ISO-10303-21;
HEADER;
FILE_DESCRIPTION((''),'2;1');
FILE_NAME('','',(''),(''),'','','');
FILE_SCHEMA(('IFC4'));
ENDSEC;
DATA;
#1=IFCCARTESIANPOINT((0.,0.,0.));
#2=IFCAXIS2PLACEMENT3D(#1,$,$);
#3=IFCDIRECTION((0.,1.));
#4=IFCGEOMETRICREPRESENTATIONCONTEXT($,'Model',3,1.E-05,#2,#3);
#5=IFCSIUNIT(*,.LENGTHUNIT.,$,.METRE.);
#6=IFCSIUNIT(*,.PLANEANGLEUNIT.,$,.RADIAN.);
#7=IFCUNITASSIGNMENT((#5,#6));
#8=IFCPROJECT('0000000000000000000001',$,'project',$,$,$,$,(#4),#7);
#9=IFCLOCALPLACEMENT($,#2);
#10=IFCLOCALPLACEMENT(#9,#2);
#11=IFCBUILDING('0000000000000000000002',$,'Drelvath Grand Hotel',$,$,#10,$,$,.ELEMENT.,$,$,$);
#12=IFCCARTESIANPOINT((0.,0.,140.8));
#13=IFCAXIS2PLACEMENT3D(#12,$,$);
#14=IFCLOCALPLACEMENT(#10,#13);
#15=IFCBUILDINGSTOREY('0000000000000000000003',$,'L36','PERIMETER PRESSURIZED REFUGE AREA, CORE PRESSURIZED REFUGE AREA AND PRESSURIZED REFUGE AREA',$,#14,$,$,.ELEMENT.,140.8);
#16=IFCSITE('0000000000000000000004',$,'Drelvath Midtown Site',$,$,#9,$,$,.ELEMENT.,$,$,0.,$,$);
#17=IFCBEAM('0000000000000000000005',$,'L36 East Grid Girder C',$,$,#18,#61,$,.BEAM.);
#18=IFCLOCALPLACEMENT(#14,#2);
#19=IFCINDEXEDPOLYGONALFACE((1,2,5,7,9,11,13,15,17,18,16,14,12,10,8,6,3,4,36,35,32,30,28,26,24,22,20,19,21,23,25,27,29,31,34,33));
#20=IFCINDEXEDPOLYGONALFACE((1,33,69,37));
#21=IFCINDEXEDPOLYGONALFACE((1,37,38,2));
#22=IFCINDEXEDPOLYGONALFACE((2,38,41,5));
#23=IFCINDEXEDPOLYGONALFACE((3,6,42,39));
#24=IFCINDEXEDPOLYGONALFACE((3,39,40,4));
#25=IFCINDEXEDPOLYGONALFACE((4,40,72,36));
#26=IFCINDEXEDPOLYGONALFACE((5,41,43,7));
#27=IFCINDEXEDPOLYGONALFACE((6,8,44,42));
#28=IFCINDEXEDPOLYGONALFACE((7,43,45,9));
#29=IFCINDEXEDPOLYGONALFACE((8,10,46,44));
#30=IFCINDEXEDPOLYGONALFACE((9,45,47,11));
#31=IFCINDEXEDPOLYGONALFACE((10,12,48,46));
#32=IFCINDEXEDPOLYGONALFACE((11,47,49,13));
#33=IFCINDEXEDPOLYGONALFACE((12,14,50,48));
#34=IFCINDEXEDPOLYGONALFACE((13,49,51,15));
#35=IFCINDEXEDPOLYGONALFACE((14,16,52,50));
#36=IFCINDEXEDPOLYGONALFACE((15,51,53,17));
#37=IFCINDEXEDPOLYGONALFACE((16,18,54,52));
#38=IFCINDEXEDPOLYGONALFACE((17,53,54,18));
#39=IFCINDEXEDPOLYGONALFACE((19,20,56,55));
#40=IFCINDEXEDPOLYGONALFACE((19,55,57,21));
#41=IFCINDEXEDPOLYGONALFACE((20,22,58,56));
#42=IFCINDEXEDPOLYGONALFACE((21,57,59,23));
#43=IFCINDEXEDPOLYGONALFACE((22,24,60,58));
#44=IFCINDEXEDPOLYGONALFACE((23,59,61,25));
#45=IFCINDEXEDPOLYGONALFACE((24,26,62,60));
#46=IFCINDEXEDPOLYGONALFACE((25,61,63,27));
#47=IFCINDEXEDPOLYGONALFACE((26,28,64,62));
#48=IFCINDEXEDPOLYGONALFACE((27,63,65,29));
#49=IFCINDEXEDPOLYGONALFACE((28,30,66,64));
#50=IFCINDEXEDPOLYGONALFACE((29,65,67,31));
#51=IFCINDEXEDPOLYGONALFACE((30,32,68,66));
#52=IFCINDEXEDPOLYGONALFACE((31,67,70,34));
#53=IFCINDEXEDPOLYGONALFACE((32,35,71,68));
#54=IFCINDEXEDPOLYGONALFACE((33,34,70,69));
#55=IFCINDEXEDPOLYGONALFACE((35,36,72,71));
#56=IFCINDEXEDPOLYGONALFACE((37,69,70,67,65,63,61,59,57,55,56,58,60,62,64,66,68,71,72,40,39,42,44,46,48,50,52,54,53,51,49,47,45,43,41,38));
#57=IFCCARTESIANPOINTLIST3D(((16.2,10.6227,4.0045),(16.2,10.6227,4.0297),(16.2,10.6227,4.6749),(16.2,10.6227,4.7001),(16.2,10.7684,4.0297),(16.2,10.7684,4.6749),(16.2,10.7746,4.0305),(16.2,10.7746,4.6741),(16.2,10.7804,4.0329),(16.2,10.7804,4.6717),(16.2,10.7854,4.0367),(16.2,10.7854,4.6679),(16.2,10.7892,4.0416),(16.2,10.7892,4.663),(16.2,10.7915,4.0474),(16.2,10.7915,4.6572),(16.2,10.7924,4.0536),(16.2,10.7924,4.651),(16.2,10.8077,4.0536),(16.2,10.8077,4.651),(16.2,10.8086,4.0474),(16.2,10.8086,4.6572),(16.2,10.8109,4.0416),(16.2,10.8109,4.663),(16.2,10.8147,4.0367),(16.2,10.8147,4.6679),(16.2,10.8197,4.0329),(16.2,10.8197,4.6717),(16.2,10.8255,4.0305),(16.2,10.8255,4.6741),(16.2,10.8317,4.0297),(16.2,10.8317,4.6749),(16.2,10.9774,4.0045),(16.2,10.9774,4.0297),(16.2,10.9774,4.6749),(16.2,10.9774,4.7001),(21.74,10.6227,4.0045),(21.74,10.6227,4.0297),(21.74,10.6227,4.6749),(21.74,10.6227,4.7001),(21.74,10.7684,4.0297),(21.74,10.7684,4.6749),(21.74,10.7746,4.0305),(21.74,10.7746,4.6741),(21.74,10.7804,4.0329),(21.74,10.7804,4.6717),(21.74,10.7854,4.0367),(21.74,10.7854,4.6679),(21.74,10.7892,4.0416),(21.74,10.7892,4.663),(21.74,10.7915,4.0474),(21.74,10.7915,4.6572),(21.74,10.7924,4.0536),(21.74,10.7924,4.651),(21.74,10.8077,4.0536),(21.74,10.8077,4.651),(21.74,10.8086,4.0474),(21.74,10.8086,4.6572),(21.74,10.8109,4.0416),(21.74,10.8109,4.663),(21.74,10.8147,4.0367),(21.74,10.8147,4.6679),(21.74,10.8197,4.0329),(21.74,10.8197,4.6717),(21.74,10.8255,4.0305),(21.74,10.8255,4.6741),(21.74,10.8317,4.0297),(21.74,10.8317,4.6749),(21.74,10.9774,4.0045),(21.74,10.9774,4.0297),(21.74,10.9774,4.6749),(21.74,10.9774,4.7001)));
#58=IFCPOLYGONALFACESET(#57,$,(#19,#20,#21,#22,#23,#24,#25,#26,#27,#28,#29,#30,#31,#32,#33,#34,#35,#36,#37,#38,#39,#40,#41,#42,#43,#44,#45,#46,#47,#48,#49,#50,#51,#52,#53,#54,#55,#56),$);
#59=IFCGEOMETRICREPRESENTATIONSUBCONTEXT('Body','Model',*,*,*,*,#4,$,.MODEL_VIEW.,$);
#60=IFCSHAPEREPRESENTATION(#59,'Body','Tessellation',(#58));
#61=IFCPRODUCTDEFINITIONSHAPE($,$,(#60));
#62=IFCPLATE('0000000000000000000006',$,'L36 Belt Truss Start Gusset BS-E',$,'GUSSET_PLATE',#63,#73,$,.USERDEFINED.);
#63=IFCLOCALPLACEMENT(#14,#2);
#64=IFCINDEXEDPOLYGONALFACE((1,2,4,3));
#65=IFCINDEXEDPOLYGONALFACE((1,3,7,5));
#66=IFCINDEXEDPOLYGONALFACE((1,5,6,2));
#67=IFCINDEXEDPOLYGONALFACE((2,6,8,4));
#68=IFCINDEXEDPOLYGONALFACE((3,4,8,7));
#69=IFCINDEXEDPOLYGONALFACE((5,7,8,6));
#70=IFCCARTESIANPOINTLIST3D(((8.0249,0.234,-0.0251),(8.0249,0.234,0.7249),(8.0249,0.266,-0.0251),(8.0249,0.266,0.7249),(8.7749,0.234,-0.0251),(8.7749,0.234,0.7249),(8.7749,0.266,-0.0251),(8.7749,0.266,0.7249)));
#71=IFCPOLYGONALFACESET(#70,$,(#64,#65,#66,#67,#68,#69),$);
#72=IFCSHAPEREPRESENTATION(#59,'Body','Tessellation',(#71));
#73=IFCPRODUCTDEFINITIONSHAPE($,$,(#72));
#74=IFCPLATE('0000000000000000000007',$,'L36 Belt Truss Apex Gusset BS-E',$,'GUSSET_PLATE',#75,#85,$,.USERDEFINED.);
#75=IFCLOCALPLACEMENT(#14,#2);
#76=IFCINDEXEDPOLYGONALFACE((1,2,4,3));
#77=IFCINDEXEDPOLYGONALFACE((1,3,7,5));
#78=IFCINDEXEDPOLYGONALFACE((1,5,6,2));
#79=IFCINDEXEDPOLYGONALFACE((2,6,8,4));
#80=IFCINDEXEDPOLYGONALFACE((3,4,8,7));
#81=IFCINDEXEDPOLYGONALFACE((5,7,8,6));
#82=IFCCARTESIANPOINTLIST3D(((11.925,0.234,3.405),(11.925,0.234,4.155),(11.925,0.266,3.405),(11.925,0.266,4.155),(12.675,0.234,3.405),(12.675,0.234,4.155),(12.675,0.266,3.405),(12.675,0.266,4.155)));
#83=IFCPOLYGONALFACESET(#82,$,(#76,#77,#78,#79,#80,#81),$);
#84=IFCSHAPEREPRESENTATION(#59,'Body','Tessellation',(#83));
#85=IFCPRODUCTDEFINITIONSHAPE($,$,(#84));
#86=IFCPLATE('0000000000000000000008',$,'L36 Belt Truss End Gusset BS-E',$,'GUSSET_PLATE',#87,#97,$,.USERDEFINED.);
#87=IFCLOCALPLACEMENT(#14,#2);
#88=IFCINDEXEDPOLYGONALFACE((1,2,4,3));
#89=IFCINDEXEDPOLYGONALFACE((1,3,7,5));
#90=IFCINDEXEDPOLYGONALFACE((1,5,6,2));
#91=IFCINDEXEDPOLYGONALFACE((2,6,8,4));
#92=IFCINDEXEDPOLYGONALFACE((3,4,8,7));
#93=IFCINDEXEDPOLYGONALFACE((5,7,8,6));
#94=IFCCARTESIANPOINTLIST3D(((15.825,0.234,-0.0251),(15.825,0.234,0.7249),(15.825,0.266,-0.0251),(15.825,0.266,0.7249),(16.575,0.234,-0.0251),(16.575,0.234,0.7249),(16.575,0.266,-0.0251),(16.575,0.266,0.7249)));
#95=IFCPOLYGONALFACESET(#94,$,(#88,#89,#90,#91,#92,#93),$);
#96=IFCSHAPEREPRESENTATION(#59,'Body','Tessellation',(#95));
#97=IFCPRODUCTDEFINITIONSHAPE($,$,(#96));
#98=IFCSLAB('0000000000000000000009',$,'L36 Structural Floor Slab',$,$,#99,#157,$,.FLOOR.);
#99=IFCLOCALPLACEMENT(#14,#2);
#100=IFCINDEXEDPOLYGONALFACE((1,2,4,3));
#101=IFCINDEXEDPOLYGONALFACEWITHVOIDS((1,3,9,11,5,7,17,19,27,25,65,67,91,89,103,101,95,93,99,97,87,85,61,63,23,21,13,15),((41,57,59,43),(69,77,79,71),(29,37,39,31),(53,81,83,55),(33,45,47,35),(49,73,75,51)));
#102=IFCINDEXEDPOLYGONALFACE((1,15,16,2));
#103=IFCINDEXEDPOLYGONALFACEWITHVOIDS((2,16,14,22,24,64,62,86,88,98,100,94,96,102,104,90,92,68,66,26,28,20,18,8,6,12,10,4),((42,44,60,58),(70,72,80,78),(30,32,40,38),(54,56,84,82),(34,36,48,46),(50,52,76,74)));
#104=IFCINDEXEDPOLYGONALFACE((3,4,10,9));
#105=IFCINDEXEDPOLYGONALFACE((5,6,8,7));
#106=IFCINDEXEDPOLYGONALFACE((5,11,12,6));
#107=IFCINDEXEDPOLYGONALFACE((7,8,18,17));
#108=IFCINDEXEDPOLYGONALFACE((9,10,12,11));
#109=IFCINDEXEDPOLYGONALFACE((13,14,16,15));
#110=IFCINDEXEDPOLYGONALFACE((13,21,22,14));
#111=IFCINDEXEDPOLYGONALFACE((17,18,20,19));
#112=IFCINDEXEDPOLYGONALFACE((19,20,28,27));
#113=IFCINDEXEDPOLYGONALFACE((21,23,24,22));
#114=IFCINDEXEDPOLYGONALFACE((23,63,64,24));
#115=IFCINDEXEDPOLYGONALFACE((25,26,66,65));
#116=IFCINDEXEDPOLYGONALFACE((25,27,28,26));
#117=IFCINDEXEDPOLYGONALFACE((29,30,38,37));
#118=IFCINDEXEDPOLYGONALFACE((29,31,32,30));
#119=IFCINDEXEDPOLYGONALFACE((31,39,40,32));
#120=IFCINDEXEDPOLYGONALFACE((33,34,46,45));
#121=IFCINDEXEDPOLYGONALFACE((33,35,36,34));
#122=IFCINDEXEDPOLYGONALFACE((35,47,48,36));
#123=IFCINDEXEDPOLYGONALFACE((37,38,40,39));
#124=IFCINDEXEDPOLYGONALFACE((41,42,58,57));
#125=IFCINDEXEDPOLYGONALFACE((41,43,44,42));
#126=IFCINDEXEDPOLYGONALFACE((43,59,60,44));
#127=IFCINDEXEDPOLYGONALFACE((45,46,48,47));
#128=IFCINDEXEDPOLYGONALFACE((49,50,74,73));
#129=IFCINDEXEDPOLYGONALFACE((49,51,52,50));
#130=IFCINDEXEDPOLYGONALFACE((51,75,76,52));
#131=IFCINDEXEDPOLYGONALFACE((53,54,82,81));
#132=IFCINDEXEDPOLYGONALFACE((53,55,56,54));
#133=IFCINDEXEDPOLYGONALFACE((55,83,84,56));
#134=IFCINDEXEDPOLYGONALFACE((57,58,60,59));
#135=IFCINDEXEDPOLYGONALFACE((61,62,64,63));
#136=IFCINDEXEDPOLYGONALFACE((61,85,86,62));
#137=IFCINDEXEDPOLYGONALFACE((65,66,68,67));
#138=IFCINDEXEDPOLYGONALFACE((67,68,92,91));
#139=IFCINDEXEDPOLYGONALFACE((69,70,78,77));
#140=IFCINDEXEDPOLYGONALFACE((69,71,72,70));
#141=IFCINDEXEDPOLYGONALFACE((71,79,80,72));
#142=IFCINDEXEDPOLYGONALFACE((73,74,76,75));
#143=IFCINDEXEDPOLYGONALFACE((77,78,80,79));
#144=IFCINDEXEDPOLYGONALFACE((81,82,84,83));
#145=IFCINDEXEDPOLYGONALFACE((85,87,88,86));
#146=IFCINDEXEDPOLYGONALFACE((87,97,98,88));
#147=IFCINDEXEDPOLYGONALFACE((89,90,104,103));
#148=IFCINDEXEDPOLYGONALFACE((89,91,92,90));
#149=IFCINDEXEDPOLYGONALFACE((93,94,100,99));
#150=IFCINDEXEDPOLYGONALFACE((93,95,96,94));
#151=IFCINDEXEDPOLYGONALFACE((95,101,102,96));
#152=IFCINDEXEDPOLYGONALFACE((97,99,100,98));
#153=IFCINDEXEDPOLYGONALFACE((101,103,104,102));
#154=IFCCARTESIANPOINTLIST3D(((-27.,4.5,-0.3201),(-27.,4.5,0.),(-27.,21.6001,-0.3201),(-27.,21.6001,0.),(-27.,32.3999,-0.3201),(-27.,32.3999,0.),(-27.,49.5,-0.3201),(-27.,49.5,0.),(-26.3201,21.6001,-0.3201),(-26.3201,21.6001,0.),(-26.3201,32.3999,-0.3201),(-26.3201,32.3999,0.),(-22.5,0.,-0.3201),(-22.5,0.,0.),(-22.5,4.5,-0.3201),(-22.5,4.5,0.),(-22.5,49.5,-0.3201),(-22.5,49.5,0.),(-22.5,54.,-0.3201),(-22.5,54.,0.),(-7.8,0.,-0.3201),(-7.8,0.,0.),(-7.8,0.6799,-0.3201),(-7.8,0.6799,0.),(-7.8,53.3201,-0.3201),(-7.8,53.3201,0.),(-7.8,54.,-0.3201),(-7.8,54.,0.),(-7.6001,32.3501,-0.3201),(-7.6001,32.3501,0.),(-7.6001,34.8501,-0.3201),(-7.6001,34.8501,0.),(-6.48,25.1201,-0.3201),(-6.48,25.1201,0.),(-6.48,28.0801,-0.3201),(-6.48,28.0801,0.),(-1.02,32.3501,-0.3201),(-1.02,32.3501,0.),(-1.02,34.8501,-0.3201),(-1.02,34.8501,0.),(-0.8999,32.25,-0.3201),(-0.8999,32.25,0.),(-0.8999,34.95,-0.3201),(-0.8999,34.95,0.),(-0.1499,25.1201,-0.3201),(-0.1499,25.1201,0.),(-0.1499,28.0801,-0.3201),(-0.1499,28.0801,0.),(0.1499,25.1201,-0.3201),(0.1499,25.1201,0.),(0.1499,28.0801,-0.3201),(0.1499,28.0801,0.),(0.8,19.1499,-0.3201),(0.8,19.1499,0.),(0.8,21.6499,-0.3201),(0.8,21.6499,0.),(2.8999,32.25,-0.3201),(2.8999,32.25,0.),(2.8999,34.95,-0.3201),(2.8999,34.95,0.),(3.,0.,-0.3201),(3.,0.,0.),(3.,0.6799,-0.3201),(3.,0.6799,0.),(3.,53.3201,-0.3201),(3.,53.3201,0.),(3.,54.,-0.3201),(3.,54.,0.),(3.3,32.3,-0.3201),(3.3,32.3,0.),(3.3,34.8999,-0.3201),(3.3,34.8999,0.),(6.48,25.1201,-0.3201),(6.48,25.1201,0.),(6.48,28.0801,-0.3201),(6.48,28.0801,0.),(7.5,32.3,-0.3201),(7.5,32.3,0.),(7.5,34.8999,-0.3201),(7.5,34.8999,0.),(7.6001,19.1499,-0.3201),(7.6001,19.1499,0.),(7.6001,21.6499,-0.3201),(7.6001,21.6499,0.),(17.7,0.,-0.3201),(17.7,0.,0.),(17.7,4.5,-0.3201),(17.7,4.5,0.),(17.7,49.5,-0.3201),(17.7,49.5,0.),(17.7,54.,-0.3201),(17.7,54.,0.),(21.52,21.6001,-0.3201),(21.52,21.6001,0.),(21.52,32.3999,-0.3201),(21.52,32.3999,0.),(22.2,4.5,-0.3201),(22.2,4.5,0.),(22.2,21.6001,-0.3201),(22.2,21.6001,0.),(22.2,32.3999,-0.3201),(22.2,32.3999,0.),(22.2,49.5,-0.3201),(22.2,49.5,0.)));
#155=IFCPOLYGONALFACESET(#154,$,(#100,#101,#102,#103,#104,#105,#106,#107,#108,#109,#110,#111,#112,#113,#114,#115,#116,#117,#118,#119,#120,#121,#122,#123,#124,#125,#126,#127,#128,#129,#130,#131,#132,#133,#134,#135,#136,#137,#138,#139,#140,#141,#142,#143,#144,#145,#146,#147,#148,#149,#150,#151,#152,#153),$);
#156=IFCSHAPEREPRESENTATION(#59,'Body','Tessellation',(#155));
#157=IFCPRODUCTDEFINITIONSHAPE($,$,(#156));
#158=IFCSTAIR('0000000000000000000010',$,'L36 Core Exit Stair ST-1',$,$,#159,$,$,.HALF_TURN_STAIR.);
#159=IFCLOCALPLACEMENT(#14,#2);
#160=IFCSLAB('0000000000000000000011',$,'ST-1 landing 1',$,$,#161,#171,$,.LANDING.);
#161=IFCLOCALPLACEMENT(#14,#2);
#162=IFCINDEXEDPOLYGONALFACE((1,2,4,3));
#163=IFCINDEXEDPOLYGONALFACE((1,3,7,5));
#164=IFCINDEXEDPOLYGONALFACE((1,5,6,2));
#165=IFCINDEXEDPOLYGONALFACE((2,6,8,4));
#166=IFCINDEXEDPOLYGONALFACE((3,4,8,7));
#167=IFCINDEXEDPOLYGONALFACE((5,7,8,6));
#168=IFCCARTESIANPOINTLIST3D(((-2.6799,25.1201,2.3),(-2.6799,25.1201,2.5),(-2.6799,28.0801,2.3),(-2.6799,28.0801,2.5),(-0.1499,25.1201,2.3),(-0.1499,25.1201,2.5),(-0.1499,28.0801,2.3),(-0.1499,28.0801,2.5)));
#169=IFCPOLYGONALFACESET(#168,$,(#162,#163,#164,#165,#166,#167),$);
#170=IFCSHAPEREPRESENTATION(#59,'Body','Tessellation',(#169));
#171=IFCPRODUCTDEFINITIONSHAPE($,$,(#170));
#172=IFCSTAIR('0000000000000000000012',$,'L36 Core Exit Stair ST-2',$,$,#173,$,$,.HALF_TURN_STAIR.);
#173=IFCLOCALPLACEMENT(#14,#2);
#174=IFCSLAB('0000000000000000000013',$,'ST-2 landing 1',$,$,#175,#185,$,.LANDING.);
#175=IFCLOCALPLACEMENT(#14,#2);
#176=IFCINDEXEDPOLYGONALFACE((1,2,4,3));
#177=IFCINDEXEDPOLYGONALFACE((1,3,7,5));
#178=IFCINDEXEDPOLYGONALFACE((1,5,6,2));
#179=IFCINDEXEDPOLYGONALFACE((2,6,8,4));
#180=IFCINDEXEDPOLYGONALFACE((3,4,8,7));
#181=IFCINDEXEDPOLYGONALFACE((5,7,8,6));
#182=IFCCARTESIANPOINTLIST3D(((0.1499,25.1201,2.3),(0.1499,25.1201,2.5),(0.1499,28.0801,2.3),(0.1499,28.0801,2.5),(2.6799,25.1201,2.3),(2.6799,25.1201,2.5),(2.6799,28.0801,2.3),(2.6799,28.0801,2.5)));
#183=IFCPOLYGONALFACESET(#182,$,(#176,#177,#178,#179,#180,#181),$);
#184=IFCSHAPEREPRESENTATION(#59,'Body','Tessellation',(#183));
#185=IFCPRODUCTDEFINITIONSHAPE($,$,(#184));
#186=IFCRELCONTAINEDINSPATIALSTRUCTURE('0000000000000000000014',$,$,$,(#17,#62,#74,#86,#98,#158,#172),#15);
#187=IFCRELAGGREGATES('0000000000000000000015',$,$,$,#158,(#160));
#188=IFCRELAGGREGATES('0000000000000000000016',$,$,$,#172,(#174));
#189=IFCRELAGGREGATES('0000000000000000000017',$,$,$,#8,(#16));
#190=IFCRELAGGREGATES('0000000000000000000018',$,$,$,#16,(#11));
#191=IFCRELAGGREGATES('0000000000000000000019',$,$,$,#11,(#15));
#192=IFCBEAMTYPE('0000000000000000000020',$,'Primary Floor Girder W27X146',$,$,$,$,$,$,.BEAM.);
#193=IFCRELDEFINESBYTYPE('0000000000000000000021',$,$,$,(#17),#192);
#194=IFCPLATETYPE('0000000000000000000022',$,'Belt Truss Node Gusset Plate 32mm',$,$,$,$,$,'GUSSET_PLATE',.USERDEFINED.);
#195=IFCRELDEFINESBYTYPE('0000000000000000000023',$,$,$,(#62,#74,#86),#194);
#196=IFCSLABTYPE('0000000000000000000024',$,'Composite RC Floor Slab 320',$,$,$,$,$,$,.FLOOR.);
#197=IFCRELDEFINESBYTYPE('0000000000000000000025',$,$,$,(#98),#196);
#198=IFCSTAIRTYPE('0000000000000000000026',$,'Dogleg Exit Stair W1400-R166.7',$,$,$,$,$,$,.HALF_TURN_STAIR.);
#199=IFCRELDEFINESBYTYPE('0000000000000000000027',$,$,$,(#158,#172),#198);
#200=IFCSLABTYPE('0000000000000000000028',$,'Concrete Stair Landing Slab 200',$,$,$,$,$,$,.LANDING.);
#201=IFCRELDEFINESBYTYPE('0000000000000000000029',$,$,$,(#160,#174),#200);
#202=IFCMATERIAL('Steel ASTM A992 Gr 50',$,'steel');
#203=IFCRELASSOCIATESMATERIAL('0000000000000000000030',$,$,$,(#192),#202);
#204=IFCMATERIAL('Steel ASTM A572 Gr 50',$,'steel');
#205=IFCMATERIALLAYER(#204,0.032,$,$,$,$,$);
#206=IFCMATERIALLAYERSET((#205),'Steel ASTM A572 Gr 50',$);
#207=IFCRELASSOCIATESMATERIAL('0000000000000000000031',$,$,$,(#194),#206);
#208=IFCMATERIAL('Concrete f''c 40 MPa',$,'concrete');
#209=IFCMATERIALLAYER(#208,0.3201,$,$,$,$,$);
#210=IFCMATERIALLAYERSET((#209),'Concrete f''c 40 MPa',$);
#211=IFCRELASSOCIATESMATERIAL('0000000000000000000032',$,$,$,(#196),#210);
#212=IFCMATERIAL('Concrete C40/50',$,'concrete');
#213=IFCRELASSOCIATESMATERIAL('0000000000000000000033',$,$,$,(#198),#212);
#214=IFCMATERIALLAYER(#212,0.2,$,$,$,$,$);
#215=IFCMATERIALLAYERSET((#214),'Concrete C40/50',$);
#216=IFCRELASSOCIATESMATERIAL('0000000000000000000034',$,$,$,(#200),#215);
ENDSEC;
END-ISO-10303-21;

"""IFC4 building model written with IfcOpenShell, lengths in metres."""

from ifc_helpers import new_model, si_unit, direction, frame, origin, origin_2d, place, context, subcontext, project, spatial, polyline, rectangle, i_section, outline, extrude, material, layer, layer_set, material_profile, profile_set, type_object, element, aggregate, save


model = new_model("IFC4")

# Units and contexts
model_context = context("Model", 3, precision=1e-05, world=origin(), true_north=direction((0.0, 1.0)))
body_context = subcontext(model_context, "Body", "Model", "MODEL_VIEW")
ifc_project = project(units=[si_unit("LENGTHUNIT", "METRE"), si_unit("PLANEANGLEUNIT", "RADIAN")], contexts=[model_context])

# Site, building, storey
site_placement = place(None, origin())
site = spatial("IfcSite", under=ifc_project, at=site_placement, Name="Drelvath Midtown Site", CompositionType="ELEMENT", RefElevation=0.0)
building_placement = place(site_placement, origin())
building = spatial("IfcBuilding", under=site, at=building_placement, Name="Drelvath Grand Hotel", CompositionType="ELEMENT")
storey_placement = place(building_placement, frame((0.0, 0.0, 140.8)))
storey = spatial("IfcBuildingStorey", under=building, at=storey_placement, Name="L36", Description="PERIMETER PRESSURIZED REFUGE AREA, CORE PRESSURIZED REFUGE AREA AND PRESSURIZED REFUGE AREA", CompositionType="ELEMENT", Elevation=140.8)

# Shared definitions
ifc_material_1 = material(Name="Steel ASTM A572 Gr 50", Category="steel")
ifc_material_2 = material(Name="Steel ASTM A992 Gr 50", Category="steel")

# Beam
ifc_material_profile_1 = material_profile(ifc_material_2, i_section(OverallWidth=0.3547, OverallDepth=0.6956, WebThickness=0.0154, FlangeThickness=0.0251, FilletRadius=0.0239, at=origin_2d()), Name="W27X146")
ifc_profile_set_1 = profile_set([ifc_material_profile_1], Name="Steel ASTM A992 Gr 50")
beam_type_1 = type_object("IfcBeamType", Name="Primary Floor Girder W27X146", PredefinedType="BEAM", material=ifc_profile_set_1)
beam_1_placement = place(storey_placement, frame((16.2, 10.8, 4.3523), z_axis=(1.0, 0.0, 0.0), x_axis=(0.0, 1.0, 0.0)))
element("IfcBeam", 1, at=beam_1_placement, inside=storey, type_object=beam_type_1, Name="L36 East Grid Girder C", PredefinedType="BEAM", context=body_context, shape_type="SweptSolid", body=[
    extrude(i_section(OverallWidth=0.3547, OverallDepth=0.6956, WebThickness=0.0154, FlangeThickness=0.0251, FilletRadius=0.0239, at=origin_2d()), origin(), (0.0, 0.0, 1.0), 5.54),
])

# Plates
ifc_layer_1 = layer(ifc_material_1, 0.032)
ifc_layer_set_1 = layer_set([ifc_layer_1], Name="Steel ASTM A572 Gr 50")
plate_type_1 = type_object("IfcPlateType", Name="Belt Truss Node Gusset Plate 32mm", ElementType="GUSSET_PLATE", PredefinedType="USERDEFINED", material=ifc_layer_set_1)
for number, where, z_axis, x_axis, name in (
    (2, (8.3999, 0.25, -0.0251), (0.0, 0.0, 1.0), (1.0, 0.0, 0.0), "L36 Belt Truss Start Gusset BS-E"),
    (3, (12.3, 0.25, 3.405), (0.0, 0.0, 1.0), (1.0, 0.0, 0.0), "L36 Belt Truss Apex Gusset BS-E"),
    (4, (16.2, 0.25, -0.0251), (0.0, 0.0, 1.0), (1.0, 0.0, 0.0), "L36 Belt Truss End Gusset BS-E"),
):
    element("IfcPlate", number, at=place(storey_placement, frame(where, z_axis=z_axis, x_axis=x_axis)), inside=storey, type_object=plate_type_1, Name=name, ObjectType="GUSSET_PLATE", PredefinedType="USERDEFINED", context=body_context, shape_type="SweptSolid", body=[
        extrude(rectangle(XDim=0.75, YDim=0.032, at=origin_2d()), origin(), (0.0, 0.0, 1.0), 0.75),
    ])

# Slab
ifc_material_3 = material(Name="Concrete f'c 40 MPa", Category="concrete")
ifc_layer_2 = layer(ifc_material_3, 0.3201)
ifc_layer_set_2 = layer_set([ifc_layer_2], Name="Concrete f'c 40 MPa")
slab_type_1 = type_object("IfcSlabType", Name="Composite RC Floor Slab 320", PredefinedType="FLOOR", material=ifc_layer_set_2)
slab_1_placement = place(storey_placement, frame((0.0, 0.0, -0.3201)))
element("IfcSlab", 5, at=slab_1_placement, inside=storey, type_object=slab_type_1, Name="L36 Structural Floor Slab", PredefinedType="FLOOR", context=body_context, shape_type="SweptSolid", body=[
    extrude(outline(polyline([(-22.5, 0.0), (-7.8, 0.0), (-7.8, 0.6799), (3.0, 0.6799), (3.0, 0.0), (17.7, 0.0), (17.7, 4.5), (22.2, 4.5), (22.2, 21.6001), (21.52, 21.6001), (21.52, 32.3999), (22.2, 32.3999), (22.2, 49.5), (17.7, 49.5), (17.7, 54.0), (3.0, 54.0), (3.0, 53.3201), (-7.8, 53.3201), (-7.8, 54.0), (-22.5, 54.0), (-22.5, 49.5), (-27.0, 49.5), (-27.0, 32.3999), (-26.3201, 32.3999), (-26.3201, 21.6001), (-27.0, 21.6001), (-27.0, 4.5), (-22.5, 4.5), (-22.5, 0.0)]), holes=[polyline([(-6.48, 25.1201), (-6.48, 28.0801), (-0.1499, 28.0801), (-0.1499, 25.1201), (-6.48, 25.1201)]), polyline([(0.1499, 25.1201), (0.1499, 28.0801), (6.48, 28.0801), (6.48, 25.1201), (0.1499, 25.1201)]), polyline([(0.8, 19.1499), (0.8, 21.6499), (7.6001, 21.6499), (7.6001, 19.1499), (0.8, 19.1499)]), polyline([(-7.6001, 32.3501), (-7.6001, 34.8501), (-1.02, 34.8501), (-1.02, 32.3501), (-7.6001, 32.3501)]), polyline([(-0.8999, 32.25), (-0.8999, 34.95), (2.8999, 34.95), (2.8999, 32.25), (-0.8999, 32.25)]), polyline([(3.3, 32.3), (3.3, 34.8999), (7.5, 34.8999), (7.5, 32.3), (3.3, 32.3)])]), origin(), (0.0, 0.0, 1.0), 0.3201),
])

# Stairs, slabs
ifc_material_4 = material(Name="Concrete C40/50", Category="concrete")
stair_type = type_object("IfcStairType", Name="Dogleg Exit Stair W1400-R166.7", PredefinedType="HALF_TURN_STAIR", material=ifc_material_4)
stair_1_placement = place(storey_placement, origin())
stair_1 = element("IfcStair", 6, at=stair_1_placement, inside=storey, type_object=stair_type, Name="L36 Core Exit Stair ST-1", PredefinedType="HALF_TURN_STAIR")
ifc_layer_3 = layer(ifc_material_4, 0.2)
ifc_layer_set_3 = layer_set([ifc_layer_3], Name="Concrete C40/50")
slab_type_2 = type_object("IfcSlabType", Name="Concrete Stair Landing Slab 200", PredefinedType="LANDING", material=ifc_layer_set_3)
slab_2_placement = place(storey_placement, frame((0.0, 0.0, 2.3)))
slab_2 = element("IfcSlab", 7, at=slab_2_placement, type_object=slab_type_2, Name="ST-1 landing 1", PredefinedType="LANDING", context=body_context, shape_type="SweptSolid", body=[
    extrude(outline(polyline([(-2.6799, 25.1201), (-0.1499, 25.1201), (-0.1499, 28.0801), (-2.6799, 28.0801), (-2.6799, 25.1201)])), origin(), (0.0, 0.0, 1.0), 0.2),
])
aggregate(stair_1, [slab_2])
stair_2_placement = place(storey_placement, origin())
stair_2 = element("IfcStair", 8, at=stair_2_placement, inside=storey, type_object=stair_type, Name="L36 Core Exit Stair ST-2", PredefinedType="HALF_TURN_STAIR")
slab_3_placement = place(storey_placement, frame((0.0, 0.0, 2.3)))
slab_3 = element("IfcSlab", 9, at=slab_3_placement, type_object=slab_type_2, Name="ST-2 landing 1", PredefinedType="LANDING", context=body_context, shape_type="SweptSolid", body=[
    extrude(outline(polyline([(2.6799, 28.0801), (0.1499, 28.0801), (0.1499, 25.1201), (2.6799, 25.1201), (2.6799, 28.0801)])), origin(), (0.0, 0.0, 1.0), 0.2),
])
aggregate(stair_2, [slab_3])

save(model, "model.ifc")
